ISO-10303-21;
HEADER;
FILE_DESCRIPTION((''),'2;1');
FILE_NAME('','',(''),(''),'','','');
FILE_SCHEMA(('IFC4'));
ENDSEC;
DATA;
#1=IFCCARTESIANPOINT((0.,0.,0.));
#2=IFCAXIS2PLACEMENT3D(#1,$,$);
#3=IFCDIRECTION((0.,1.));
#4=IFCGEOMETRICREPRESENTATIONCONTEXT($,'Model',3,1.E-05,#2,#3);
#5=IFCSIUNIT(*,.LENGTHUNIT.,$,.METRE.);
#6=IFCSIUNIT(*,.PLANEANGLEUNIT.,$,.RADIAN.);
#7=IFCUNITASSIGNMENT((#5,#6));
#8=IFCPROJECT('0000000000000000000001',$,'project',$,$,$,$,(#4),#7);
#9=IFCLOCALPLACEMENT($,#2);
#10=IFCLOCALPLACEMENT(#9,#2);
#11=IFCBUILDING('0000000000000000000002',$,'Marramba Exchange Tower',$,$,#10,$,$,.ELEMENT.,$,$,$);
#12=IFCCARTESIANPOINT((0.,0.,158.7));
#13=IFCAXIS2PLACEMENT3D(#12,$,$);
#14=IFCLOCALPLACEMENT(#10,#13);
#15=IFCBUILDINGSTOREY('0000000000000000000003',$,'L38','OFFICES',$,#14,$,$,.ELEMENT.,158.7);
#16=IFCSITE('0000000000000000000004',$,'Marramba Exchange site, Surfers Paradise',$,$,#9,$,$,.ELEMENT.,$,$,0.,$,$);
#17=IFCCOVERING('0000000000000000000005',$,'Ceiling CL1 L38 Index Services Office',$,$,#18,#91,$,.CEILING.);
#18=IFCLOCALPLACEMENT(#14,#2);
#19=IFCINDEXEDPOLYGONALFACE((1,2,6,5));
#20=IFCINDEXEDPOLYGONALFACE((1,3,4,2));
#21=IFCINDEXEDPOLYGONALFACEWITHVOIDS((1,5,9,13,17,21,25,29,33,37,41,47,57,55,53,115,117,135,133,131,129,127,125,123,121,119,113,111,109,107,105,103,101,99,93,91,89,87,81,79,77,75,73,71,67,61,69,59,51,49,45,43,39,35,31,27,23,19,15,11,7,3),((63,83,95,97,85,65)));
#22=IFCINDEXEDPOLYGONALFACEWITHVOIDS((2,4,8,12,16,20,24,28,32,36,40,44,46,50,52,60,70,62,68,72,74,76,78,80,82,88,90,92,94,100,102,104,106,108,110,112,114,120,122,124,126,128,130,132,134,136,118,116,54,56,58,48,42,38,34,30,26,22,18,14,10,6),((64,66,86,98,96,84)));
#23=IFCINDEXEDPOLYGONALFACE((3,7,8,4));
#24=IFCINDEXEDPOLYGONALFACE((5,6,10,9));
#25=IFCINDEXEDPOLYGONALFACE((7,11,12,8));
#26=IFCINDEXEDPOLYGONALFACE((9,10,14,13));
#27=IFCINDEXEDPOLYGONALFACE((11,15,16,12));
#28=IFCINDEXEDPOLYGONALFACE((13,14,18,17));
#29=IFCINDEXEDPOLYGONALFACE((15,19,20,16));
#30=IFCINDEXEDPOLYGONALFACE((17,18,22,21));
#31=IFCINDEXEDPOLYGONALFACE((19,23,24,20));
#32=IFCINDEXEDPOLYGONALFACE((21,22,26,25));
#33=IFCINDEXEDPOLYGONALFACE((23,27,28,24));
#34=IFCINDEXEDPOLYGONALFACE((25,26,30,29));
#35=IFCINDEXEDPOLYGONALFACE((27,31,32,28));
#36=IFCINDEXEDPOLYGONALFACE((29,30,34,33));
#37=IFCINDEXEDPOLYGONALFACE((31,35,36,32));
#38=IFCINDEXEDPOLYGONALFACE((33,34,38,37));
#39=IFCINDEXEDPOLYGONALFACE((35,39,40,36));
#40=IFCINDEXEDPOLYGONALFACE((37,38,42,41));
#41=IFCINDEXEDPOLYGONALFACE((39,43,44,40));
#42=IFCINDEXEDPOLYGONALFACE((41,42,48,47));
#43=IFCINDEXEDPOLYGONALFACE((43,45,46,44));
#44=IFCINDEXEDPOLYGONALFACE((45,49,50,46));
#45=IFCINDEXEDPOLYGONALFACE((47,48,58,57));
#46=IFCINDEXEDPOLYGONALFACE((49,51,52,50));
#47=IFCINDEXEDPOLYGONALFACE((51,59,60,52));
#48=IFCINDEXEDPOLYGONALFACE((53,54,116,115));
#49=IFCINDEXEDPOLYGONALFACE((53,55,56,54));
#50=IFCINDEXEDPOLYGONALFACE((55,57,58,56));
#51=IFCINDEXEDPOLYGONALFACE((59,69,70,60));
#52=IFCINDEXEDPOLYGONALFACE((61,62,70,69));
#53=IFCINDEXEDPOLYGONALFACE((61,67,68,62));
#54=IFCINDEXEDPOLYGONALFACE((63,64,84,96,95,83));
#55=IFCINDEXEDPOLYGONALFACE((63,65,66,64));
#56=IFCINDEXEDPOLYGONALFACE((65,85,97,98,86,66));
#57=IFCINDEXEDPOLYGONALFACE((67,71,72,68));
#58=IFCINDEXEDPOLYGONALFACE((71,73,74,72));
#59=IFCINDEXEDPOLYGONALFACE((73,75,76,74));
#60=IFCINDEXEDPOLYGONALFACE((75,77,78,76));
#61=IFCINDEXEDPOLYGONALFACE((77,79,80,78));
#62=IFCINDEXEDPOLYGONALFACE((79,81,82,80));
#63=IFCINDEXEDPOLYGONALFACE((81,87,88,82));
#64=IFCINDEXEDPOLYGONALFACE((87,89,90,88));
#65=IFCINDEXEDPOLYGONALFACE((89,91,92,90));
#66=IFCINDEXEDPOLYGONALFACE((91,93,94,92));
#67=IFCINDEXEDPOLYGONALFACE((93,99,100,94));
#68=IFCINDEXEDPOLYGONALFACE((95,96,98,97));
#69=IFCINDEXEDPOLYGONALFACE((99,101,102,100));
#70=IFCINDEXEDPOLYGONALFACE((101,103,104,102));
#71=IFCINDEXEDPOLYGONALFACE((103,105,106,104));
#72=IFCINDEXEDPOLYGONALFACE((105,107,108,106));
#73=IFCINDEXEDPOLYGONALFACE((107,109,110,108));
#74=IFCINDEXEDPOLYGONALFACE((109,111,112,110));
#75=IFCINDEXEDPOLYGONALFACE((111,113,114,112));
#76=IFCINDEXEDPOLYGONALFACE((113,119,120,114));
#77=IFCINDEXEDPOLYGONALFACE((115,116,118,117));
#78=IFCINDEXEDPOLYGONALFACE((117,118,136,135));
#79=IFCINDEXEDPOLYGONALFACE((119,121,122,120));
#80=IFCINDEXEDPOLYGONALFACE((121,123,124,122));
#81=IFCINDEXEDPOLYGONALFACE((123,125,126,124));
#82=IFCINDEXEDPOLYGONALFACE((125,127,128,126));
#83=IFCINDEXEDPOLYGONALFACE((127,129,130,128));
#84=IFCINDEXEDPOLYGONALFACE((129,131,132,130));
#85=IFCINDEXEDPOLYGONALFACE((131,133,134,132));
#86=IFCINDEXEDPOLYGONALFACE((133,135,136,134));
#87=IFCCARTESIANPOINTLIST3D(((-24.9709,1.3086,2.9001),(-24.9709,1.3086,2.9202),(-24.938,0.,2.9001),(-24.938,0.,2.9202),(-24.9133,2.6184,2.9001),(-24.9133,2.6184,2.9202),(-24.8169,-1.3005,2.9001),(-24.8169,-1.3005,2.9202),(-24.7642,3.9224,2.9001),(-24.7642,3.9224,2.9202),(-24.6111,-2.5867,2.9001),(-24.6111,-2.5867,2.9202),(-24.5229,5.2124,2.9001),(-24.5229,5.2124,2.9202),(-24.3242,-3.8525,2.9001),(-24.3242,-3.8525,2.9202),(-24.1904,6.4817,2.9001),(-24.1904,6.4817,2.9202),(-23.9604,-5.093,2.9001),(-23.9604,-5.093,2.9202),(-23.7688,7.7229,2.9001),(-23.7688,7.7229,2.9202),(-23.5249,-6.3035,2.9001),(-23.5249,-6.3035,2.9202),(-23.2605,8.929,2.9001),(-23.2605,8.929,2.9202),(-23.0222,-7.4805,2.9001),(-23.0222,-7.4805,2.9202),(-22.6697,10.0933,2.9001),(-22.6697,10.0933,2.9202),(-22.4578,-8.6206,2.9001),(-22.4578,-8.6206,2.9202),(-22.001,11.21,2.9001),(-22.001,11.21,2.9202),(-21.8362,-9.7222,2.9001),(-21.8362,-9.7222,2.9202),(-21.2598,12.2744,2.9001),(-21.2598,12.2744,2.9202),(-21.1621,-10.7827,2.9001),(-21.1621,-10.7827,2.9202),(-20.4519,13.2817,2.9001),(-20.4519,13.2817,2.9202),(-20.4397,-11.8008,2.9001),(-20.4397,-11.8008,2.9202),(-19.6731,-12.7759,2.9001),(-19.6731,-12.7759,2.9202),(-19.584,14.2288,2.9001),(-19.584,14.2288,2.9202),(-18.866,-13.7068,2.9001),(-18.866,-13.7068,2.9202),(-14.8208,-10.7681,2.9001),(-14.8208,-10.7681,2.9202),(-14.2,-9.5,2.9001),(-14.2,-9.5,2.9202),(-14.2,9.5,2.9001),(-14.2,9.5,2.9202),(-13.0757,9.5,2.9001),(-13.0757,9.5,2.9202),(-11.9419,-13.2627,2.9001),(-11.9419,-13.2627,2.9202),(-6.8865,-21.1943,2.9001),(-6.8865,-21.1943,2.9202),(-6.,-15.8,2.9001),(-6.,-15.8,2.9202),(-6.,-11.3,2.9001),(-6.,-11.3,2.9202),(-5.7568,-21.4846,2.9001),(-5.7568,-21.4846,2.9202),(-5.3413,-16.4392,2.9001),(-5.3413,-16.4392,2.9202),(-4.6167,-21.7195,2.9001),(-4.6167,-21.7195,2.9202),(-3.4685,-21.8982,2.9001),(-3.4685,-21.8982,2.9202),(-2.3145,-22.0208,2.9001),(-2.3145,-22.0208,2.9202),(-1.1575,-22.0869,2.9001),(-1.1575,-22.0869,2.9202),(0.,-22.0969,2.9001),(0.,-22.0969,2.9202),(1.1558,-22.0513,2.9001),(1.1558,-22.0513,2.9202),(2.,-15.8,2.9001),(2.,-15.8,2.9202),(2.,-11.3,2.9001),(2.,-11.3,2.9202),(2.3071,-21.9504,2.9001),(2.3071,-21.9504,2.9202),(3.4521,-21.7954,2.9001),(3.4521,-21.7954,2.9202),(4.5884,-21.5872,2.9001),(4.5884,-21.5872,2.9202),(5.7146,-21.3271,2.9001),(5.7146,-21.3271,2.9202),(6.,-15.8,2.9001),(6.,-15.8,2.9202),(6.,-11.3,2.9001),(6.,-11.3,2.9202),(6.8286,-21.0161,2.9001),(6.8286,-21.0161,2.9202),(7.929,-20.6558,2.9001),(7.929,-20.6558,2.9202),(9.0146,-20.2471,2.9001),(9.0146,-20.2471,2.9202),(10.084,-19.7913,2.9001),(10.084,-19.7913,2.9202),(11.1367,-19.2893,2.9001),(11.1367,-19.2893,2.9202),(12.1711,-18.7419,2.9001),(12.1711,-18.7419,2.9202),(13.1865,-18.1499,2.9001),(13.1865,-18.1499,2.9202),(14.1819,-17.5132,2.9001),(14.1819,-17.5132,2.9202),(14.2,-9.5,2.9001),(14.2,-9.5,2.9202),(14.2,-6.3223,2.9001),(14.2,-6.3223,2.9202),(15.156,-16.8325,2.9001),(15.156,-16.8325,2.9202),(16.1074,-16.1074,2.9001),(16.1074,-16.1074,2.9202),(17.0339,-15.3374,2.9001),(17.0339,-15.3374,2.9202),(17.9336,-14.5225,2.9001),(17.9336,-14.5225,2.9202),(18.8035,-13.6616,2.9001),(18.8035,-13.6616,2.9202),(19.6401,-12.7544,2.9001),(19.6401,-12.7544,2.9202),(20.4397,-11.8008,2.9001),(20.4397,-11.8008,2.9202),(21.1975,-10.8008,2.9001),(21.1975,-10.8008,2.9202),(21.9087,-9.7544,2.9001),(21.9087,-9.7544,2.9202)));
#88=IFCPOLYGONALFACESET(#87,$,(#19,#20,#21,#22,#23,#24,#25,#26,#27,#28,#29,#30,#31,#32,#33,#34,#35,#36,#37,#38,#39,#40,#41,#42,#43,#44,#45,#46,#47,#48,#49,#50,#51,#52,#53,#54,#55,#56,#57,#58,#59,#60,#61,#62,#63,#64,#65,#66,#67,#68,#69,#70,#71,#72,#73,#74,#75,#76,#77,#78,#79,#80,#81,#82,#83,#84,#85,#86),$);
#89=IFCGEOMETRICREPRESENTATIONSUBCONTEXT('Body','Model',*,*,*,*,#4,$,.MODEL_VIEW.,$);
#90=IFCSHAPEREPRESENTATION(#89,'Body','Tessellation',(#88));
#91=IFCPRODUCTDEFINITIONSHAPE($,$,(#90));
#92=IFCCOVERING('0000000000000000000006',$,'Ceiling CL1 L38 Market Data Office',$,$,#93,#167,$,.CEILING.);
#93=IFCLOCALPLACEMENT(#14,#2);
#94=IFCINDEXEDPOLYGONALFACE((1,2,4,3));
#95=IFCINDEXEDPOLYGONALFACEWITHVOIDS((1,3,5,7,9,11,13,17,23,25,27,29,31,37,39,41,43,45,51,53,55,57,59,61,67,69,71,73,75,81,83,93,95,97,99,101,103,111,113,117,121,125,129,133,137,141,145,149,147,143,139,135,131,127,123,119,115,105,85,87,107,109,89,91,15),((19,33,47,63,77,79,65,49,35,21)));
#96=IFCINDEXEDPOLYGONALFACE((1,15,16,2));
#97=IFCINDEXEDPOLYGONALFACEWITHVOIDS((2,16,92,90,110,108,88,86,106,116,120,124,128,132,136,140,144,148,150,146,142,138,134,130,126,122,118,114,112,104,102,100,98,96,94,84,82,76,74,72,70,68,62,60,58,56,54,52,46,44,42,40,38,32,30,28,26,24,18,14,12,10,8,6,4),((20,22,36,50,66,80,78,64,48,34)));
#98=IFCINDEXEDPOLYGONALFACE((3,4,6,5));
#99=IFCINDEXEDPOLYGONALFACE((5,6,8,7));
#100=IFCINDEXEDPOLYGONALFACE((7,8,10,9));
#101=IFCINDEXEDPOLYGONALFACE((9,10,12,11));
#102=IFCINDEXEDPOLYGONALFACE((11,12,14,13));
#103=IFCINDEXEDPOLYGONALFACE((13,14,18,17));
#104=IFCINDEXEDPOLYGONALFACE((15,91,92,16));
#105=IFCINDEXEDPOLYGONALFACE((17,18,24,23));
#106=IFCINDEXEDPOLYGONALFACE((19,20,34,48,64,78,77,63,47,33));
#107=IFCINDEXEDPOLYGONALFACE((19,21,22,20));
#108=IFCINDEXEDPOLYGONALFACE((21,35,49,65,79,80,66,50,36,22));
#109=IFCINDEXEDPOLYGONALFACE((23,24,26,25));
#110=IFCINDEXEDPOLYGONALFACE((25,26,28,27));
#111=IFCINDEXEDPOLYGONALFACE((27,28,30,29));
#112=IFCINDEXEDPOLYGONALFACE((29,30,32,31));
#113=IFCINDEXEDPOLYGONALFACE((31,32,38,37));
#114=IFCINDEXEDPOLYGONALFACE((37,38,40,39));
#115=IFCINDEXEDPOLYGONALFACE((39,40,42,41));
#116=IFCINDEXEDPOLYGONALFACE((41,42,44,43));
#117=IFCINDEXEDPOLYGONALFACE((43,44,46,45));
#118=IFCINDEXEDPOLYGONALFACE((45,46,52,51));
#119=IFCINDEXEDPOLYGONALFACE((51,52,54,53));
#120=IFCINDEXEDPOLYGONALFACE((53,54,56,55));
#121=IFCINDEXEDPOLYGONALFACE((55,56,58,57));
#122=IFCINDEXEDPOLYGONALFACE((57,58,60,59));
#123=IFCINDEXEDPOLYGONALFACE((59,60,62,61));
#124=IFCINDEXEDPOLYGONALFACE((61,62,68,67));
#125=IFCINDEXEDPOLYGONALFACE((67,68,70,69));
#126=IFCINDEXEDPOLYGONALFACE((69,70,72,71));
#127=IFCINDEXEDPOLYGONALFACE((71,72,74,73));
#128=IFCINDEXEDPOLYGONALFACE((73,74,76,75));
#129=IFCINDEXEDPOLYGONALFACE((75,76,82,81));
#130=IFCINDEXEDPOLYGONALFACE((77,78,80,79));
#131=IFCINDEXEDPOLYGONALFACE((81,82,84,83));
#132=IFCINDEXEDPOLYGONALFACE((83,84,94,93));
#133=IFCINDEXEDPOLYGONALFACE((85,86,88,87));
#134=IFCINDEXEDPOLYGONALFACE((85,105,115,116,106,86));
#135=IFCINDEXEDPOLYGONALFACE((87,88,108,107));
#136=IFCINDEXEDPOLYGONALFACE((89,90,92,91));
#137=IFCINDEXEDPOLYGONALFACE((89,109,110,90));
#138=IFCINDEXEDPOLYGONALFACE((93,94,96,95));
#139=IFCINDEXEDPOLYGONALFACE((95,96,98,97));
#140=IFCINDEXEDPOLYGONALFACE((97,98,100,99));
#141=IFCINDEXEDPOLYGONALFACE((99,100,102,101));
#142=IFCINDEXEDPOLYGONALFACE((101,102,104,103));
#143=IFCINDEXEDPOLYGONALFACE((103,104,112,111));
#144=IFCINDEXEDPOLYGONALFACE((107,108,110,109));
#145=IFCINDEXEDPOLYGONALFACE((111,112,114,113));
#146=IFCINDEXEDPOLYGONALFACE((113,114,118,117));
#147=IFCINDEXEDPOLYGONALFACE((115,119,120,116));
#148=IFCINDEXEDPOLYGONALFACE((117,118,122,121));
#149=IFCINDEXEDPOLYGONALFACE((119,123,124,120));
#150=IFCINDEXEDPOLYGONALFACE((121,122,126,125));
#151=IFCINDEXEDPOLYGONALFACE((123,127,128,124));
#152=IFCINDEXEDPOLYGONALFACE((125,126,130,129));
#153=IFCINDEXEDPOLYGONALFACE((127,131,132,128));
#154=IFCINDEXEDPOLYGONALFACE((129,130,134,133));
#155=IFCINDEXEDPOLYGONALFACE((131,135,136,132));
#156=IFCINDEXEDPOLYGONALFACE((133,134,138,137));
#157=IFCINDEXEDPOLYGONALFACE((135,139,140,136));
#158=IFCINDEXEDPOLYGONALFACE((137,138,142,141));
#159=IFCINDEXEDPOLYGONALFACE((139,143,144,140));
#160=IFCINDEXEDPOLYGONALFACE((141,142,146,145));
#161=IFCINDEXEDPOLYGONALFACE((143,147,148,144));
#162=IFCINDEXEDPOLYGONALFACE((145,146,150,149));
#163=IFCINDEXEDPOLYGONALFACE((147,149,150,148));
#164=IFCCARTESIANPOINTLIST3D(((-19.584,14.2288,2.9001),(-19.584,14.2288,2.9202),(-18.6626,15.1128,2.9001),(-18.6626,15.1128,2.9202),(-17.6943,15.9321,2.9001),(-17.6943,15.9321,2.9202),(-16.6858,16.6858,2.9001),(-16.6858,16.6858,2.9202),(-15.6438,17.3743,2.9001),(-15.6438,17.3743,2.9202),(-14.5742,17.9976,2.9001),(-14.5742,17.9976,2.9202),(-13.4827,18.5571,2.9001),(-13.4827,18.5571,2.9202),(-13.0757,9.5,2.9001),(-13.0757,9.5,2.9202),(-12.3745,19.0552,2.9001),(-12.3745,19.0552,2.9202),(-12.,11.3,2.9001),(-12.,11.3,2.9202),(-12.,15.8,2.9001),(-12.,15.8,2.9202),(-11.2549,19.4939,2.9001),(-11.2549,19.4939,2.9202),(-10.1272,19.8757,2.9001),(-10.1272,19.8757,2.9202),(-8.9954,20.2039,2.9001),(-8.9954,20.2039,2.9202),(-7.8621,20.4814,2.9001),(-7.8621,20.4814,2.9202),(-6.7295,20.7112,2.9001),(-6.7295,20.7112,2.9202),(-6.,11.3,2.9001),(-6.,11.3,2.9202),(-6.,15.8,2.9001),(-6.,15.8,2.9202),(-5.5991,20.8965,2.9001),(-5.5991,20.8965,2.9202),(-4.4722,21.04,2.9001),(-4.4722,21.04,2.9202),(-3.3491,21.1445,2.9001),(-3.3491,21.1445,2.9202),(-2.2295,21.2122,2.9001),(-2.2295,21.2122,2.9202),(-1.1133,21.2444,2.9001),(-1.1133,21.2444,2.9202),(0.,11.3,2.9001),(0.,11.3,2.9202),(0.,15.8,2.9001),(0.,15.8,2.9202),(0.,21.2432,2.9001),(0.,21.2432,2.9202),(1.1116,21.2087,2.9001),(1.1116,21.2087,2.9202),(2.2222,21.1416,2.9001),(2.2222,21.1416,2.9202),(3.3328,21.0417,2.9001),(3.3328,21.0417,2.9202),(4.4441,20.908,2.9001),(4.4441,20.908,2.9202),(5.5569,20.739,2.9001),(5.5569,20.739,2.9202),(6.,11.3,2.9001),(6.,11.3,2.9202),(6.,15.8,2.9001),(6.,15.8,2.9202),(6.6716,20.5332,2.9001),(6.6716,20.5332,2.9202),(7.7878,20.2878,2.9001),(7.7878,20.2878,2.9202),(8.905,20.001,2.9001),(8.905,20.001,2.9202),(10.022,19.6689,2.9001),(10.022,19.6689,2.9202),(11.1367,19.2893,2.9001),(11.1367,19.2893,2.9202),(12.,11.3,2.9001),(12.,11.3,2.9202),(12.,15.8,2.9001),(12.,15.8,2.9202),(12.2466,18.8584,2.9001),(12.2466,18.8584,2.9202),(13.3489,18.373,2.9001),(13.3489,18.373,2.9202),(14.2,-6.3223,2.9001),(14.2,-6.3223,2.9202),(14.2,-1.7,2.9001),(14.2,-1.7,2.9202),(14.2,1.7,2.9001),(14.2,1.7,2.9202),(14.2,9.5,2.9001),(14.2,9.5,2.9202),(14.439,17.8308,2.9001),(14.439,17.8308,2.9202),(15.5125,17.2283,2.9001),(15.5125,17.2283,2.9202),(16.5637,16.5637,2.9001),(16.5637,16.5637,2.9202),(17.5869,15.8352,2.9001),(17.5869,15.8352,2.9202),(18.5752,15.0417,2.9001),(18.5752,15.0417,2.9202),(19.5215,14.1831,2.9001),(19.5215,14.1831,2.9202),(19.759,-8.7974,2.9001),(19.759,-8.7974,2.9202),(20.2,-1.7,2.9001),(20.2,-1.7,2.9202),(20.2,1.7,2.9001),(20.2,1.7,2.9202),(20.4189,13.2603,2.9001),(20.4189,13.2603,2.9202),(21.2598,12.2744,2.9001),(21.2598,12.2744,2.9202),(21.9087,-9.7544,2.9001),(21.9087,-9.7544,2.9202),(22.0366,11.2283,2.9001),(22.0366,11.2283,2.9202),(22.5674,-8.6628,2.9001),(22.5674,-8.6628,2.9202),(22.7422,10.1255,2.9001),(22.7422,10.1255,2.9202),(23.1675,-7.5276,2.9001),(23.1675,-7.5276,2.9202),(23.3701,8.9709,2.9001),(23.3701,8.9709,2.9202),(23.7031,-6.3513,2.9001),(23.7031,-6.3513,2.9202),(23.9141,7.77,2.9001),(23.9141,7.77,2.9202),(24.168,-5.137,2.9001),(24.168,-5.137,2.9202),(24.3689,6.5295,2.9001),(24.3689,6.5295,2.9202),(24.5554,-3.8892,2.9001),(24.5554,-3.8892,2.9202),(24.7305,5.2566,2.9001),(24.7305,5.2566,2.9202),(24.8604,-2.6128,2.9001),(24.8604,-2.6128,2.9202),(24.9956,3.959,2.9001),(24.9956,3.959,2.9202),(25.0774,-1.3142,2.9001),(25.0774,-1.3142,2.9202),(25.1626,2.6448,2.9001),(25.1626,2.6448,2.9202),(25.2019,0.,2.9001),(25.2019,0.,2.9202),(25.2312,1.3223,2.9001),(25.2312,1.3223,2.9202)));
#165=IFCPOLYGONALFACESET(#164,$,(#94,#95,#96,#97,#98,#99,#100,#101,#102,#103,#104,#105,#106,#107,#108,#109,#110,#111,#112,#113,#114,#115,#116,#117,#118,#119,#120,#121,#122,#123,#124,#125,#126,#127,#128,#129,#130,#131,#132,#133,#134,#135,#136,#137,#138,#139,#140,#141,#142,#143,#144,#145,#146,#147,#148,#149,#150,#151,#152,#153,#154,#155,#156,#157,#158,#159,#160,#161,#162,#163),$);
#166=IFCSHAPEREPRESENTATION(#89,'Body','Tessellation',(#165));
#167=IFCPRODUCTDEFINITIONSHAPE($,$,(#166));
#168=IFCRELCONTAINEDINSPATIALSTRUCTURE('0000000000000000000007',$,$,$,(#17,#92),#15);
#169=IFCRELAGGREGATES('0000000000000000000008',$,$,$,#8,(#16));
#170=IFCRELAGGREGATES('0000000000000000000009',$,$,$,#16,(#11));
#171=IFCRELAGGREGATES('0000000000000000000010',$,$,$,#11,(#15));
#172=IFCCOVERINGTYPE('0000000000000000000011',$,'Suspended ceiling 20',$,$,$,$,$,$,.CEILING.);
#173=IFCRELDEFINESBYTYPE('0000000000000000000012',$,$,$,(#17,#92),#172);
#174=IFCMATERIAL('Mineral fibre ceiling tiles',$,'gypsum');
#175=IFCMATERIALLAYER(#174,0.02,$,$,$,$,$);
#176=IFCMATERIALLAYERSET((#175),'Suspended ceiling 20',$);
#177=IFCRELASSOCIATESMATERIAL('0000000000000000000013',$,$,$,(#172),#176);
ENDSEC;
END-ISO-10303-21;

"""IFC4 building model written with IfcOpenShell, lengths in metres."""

from ifc_helpers import new_model, si_unit, direction, frame, origin, place, context, subcontext, project, spatial, polyline, outline, extrude, material, layer, layer_set, type_object, element, save


model = new_model("IFC4")

# Units and contexts
model_context = context("Model", 3, precision=1e-05, world=origin(), true_north=direction((0.0, 1.0)))
body_context = subcontext(model_context, "Body", "Model", "MODEL_VIEW")
ifc_project = project(units=[si_unit("LENGTHUNIT", "METRE"), si_unit("PLANEANGLEUNIT", "RADIAN")], contexts=[model_context])

# Site, building, storey
site_placement = place(None, origin())
site = spatial("IfcSite", under=ifc_project, at=site_placement, Name="Marramba Exchange site, Surfers Paradise", CompositionType="ELEMENT", RefElevation=0.0)
building_placement = place(site_placement, origin())
building = spatial("IfcBuilding", under=site, at=building_placement, Name="Marramba Exchange Tower", CompositionType="ELEMENT")
storey_placement = place(building_placement, frame((0.0, 0.0, 158.7)))
storey = spatial("IfcBuildingStorey", under=building, at=storey_placement, Name="L38", Description="OFFICES", CompositionType="ELEMENT", Elevation=158.7)

# Coverings
ifc_material_1 = material(Name="Mineral fibre ceiling tiles", Category="gypsum")
ifc_layer_1 = layer(ifc_material_1, 0.02)
ifc_layer_set_1 = layer_set([ifc_layer_1], Name="Suspended ceiling 20")
covering_type = type_object("IfcCoveringType", Name="Suspended ceiling 20", PredefinedType="CEILING", material=ifc_layer_set_1)
covering_1_placement = place(storey_placement, frame((0.0, 0.0, 2.9001)))
element("IfcCovering", 1, at=covering_1_placement, inside=storey, type_object=covering_type, Name="Ceiling CL1 L38 Index Services Office", PredefinedType="CEILING", context=body_context, shape_type="SweptSolid", body=[
    extrude(outline(polyline([(-14.2, -9.5), (14.2, -9.5), (14.2, -6.3223), (21.9087, -9.7544), (21.1975, -10.8008), (20.4397, -11.8008), (19.6401, -12.7544), (18.8035, -13.6616), (17.9336, -14.5225), (17.0339, -15.3374), (16.1074, -16.1074), (15.156, -16.8325), (14.1819, -17.5132), (13.1865, -18.1499), (12.1711, -18.7419), (11.1367, -19.2893), (10.084, -19.7913), (9.0146, -20.2471), (7.929, -20.6558), (6.8286, -21.0161), (5.7146, -21.3271), (4.5884, -21.5872), (3.4521, -21.7954), (2.3071, -21.9504), (1.1558, -22.0513), (0.0, -22.0969), (-1.1575, -22.0869), (-2.3145, -22.0208), (-3.4685, -21.8982), (-4.6167, -21.7195), (-5.7568, -21.4846), (-6.8865, -21.1943), (-5.3413, -16.4392), (-11.9419, -13.2627), (-14.8208, -10.7681), (-18.866, -13.7068), (-19.6731, -12.7759), (-20.4397, -11.8008), (-21.1621, -10.7827), (-21.8362, -9.7222), (-22.4578, -8.6206), (-23.0222, -7.4805), (-23.5249, -6.3035), (-23.9604, -5.093), (-24.3242, -3.8525), (-24.6111, -2.5867), (-24.8169, -1.3005), (-24.938, 0.0), (-24.9709, 1.3086), (-24.9133, 2.6184), (-24.7642, 3.9224), (-24.5229, 5.2124), (-24.1904, 6.4817), (-23.7688, 7.7229), (-23.2605, 8.929), (-22.6697, 10.0933), (-22.001, 11.21), (-21.2598, 12.2744), (-20.4519, 13.2817), (-19.584, 14.2288), (-13.0757, 9.5), (-14.2, 9.5), (-14.2, -9.5)]), holes=[polyline([(-6.0, -15.8), (2.0, -15.8), (6.0, -15.8), (6.0, -11.3), (2.0, -11.3), (-6.0, -11.3), (-6.0, -15.8)])]), origin(), (0.0, 0.0, 1.0), 0.02),
])
covering_2_placement = place(storey_placement, frame((0.0, 0.0, 2.9001)))
element("IfcCovering", 2, at=covering_2_placement, inside=storey, type_object=covering_type, Name="Ceiling CL1 L38 Market Data Office", PredefinedType="CEILING", context=body_context, shape_type="SweptSolid", body=[
    extrude(outline(polyline([(14.2, -1.7), (20.2, -1.7), (20.2, 1.7), (14.2, 1.7), (14.2, 9.5), (-13.0757, 9.5), (-19.584, 14.2288), (-18.6626, 15.1128), (-17.6943, 15.9321), (-16.6858, 16.6858), (-15.6438, 17.3743), (-14.5742, 17.9976), (-13.4827, 18.5571), (-12.3745, 19.0552), (-11.2549, 19.4939), (-10.1272, 19.8757), (-8.9954, 20.2039), (-7.8621, 20.4814), (-6.7295, 20.7112), (-5.5991, 20.8965), (-4.4722, 21.04), (-3.3491, 21.1445), (-2.2295, 21.2122), (-1.1133, 21.2444), (0.0, 21.2432), (1.1116, 21.2087), (2.2222, 21.1416), (3.3328, 21.0417), (4.4441, 20.908), (5.5569, 20.739), (6.6716, 20.5332), (7.7878, 20.2878), (8.905, 20.001), (10.022, 19.6689), (11.1367, 19.2893), (12.2466, 18.8584), (13.3489, 18.373), (14.439, 17.8308), (15.5125, 17.2283), (16.5637, 16.5637), (17.5869, 15.8352), (18.5752, 15.0417), (19.5215, 14.1831), (20.4189, 13.2603), (21.2598, 12.2744), (22.0366, 11.2283), (22.7422, 10.1255), (23.3701, 8.9709), (23.9141, 7.77), (24.3689, 6.5295), (24.7305, 5.2566), (24.9956, 3.959), (25.1626, 2.6448), (25.2312, 1.3223), (25.2019, 0.0), (25.0774, -1.3142), (24.8604, -2.6128), (24.5554, -3.8892), (24.168, -5.137), (23.7031, -6.3513), (23.1675, -7.5276), (22.5674, -8.6628), (21.9087, -9.7544), (19.759, -8.7974), (14.2, -6.3223), (14.2, -1.7)]), holes=[polyline([(-12.0, 11.3), (-6.0, 11.3), (0.0, 11.3), (6.0, 11.3), (12.0, 11.3), (12.0, 15.8), (6.0, 15.8), (0.0, 15.8), (-6.0, 15.8), (-12.0, 15.8), (-12.0, 11.3)])]), origin(), (0.0, 0.0, 1.0), 0.02),
])

save(model, "model.ifc")
